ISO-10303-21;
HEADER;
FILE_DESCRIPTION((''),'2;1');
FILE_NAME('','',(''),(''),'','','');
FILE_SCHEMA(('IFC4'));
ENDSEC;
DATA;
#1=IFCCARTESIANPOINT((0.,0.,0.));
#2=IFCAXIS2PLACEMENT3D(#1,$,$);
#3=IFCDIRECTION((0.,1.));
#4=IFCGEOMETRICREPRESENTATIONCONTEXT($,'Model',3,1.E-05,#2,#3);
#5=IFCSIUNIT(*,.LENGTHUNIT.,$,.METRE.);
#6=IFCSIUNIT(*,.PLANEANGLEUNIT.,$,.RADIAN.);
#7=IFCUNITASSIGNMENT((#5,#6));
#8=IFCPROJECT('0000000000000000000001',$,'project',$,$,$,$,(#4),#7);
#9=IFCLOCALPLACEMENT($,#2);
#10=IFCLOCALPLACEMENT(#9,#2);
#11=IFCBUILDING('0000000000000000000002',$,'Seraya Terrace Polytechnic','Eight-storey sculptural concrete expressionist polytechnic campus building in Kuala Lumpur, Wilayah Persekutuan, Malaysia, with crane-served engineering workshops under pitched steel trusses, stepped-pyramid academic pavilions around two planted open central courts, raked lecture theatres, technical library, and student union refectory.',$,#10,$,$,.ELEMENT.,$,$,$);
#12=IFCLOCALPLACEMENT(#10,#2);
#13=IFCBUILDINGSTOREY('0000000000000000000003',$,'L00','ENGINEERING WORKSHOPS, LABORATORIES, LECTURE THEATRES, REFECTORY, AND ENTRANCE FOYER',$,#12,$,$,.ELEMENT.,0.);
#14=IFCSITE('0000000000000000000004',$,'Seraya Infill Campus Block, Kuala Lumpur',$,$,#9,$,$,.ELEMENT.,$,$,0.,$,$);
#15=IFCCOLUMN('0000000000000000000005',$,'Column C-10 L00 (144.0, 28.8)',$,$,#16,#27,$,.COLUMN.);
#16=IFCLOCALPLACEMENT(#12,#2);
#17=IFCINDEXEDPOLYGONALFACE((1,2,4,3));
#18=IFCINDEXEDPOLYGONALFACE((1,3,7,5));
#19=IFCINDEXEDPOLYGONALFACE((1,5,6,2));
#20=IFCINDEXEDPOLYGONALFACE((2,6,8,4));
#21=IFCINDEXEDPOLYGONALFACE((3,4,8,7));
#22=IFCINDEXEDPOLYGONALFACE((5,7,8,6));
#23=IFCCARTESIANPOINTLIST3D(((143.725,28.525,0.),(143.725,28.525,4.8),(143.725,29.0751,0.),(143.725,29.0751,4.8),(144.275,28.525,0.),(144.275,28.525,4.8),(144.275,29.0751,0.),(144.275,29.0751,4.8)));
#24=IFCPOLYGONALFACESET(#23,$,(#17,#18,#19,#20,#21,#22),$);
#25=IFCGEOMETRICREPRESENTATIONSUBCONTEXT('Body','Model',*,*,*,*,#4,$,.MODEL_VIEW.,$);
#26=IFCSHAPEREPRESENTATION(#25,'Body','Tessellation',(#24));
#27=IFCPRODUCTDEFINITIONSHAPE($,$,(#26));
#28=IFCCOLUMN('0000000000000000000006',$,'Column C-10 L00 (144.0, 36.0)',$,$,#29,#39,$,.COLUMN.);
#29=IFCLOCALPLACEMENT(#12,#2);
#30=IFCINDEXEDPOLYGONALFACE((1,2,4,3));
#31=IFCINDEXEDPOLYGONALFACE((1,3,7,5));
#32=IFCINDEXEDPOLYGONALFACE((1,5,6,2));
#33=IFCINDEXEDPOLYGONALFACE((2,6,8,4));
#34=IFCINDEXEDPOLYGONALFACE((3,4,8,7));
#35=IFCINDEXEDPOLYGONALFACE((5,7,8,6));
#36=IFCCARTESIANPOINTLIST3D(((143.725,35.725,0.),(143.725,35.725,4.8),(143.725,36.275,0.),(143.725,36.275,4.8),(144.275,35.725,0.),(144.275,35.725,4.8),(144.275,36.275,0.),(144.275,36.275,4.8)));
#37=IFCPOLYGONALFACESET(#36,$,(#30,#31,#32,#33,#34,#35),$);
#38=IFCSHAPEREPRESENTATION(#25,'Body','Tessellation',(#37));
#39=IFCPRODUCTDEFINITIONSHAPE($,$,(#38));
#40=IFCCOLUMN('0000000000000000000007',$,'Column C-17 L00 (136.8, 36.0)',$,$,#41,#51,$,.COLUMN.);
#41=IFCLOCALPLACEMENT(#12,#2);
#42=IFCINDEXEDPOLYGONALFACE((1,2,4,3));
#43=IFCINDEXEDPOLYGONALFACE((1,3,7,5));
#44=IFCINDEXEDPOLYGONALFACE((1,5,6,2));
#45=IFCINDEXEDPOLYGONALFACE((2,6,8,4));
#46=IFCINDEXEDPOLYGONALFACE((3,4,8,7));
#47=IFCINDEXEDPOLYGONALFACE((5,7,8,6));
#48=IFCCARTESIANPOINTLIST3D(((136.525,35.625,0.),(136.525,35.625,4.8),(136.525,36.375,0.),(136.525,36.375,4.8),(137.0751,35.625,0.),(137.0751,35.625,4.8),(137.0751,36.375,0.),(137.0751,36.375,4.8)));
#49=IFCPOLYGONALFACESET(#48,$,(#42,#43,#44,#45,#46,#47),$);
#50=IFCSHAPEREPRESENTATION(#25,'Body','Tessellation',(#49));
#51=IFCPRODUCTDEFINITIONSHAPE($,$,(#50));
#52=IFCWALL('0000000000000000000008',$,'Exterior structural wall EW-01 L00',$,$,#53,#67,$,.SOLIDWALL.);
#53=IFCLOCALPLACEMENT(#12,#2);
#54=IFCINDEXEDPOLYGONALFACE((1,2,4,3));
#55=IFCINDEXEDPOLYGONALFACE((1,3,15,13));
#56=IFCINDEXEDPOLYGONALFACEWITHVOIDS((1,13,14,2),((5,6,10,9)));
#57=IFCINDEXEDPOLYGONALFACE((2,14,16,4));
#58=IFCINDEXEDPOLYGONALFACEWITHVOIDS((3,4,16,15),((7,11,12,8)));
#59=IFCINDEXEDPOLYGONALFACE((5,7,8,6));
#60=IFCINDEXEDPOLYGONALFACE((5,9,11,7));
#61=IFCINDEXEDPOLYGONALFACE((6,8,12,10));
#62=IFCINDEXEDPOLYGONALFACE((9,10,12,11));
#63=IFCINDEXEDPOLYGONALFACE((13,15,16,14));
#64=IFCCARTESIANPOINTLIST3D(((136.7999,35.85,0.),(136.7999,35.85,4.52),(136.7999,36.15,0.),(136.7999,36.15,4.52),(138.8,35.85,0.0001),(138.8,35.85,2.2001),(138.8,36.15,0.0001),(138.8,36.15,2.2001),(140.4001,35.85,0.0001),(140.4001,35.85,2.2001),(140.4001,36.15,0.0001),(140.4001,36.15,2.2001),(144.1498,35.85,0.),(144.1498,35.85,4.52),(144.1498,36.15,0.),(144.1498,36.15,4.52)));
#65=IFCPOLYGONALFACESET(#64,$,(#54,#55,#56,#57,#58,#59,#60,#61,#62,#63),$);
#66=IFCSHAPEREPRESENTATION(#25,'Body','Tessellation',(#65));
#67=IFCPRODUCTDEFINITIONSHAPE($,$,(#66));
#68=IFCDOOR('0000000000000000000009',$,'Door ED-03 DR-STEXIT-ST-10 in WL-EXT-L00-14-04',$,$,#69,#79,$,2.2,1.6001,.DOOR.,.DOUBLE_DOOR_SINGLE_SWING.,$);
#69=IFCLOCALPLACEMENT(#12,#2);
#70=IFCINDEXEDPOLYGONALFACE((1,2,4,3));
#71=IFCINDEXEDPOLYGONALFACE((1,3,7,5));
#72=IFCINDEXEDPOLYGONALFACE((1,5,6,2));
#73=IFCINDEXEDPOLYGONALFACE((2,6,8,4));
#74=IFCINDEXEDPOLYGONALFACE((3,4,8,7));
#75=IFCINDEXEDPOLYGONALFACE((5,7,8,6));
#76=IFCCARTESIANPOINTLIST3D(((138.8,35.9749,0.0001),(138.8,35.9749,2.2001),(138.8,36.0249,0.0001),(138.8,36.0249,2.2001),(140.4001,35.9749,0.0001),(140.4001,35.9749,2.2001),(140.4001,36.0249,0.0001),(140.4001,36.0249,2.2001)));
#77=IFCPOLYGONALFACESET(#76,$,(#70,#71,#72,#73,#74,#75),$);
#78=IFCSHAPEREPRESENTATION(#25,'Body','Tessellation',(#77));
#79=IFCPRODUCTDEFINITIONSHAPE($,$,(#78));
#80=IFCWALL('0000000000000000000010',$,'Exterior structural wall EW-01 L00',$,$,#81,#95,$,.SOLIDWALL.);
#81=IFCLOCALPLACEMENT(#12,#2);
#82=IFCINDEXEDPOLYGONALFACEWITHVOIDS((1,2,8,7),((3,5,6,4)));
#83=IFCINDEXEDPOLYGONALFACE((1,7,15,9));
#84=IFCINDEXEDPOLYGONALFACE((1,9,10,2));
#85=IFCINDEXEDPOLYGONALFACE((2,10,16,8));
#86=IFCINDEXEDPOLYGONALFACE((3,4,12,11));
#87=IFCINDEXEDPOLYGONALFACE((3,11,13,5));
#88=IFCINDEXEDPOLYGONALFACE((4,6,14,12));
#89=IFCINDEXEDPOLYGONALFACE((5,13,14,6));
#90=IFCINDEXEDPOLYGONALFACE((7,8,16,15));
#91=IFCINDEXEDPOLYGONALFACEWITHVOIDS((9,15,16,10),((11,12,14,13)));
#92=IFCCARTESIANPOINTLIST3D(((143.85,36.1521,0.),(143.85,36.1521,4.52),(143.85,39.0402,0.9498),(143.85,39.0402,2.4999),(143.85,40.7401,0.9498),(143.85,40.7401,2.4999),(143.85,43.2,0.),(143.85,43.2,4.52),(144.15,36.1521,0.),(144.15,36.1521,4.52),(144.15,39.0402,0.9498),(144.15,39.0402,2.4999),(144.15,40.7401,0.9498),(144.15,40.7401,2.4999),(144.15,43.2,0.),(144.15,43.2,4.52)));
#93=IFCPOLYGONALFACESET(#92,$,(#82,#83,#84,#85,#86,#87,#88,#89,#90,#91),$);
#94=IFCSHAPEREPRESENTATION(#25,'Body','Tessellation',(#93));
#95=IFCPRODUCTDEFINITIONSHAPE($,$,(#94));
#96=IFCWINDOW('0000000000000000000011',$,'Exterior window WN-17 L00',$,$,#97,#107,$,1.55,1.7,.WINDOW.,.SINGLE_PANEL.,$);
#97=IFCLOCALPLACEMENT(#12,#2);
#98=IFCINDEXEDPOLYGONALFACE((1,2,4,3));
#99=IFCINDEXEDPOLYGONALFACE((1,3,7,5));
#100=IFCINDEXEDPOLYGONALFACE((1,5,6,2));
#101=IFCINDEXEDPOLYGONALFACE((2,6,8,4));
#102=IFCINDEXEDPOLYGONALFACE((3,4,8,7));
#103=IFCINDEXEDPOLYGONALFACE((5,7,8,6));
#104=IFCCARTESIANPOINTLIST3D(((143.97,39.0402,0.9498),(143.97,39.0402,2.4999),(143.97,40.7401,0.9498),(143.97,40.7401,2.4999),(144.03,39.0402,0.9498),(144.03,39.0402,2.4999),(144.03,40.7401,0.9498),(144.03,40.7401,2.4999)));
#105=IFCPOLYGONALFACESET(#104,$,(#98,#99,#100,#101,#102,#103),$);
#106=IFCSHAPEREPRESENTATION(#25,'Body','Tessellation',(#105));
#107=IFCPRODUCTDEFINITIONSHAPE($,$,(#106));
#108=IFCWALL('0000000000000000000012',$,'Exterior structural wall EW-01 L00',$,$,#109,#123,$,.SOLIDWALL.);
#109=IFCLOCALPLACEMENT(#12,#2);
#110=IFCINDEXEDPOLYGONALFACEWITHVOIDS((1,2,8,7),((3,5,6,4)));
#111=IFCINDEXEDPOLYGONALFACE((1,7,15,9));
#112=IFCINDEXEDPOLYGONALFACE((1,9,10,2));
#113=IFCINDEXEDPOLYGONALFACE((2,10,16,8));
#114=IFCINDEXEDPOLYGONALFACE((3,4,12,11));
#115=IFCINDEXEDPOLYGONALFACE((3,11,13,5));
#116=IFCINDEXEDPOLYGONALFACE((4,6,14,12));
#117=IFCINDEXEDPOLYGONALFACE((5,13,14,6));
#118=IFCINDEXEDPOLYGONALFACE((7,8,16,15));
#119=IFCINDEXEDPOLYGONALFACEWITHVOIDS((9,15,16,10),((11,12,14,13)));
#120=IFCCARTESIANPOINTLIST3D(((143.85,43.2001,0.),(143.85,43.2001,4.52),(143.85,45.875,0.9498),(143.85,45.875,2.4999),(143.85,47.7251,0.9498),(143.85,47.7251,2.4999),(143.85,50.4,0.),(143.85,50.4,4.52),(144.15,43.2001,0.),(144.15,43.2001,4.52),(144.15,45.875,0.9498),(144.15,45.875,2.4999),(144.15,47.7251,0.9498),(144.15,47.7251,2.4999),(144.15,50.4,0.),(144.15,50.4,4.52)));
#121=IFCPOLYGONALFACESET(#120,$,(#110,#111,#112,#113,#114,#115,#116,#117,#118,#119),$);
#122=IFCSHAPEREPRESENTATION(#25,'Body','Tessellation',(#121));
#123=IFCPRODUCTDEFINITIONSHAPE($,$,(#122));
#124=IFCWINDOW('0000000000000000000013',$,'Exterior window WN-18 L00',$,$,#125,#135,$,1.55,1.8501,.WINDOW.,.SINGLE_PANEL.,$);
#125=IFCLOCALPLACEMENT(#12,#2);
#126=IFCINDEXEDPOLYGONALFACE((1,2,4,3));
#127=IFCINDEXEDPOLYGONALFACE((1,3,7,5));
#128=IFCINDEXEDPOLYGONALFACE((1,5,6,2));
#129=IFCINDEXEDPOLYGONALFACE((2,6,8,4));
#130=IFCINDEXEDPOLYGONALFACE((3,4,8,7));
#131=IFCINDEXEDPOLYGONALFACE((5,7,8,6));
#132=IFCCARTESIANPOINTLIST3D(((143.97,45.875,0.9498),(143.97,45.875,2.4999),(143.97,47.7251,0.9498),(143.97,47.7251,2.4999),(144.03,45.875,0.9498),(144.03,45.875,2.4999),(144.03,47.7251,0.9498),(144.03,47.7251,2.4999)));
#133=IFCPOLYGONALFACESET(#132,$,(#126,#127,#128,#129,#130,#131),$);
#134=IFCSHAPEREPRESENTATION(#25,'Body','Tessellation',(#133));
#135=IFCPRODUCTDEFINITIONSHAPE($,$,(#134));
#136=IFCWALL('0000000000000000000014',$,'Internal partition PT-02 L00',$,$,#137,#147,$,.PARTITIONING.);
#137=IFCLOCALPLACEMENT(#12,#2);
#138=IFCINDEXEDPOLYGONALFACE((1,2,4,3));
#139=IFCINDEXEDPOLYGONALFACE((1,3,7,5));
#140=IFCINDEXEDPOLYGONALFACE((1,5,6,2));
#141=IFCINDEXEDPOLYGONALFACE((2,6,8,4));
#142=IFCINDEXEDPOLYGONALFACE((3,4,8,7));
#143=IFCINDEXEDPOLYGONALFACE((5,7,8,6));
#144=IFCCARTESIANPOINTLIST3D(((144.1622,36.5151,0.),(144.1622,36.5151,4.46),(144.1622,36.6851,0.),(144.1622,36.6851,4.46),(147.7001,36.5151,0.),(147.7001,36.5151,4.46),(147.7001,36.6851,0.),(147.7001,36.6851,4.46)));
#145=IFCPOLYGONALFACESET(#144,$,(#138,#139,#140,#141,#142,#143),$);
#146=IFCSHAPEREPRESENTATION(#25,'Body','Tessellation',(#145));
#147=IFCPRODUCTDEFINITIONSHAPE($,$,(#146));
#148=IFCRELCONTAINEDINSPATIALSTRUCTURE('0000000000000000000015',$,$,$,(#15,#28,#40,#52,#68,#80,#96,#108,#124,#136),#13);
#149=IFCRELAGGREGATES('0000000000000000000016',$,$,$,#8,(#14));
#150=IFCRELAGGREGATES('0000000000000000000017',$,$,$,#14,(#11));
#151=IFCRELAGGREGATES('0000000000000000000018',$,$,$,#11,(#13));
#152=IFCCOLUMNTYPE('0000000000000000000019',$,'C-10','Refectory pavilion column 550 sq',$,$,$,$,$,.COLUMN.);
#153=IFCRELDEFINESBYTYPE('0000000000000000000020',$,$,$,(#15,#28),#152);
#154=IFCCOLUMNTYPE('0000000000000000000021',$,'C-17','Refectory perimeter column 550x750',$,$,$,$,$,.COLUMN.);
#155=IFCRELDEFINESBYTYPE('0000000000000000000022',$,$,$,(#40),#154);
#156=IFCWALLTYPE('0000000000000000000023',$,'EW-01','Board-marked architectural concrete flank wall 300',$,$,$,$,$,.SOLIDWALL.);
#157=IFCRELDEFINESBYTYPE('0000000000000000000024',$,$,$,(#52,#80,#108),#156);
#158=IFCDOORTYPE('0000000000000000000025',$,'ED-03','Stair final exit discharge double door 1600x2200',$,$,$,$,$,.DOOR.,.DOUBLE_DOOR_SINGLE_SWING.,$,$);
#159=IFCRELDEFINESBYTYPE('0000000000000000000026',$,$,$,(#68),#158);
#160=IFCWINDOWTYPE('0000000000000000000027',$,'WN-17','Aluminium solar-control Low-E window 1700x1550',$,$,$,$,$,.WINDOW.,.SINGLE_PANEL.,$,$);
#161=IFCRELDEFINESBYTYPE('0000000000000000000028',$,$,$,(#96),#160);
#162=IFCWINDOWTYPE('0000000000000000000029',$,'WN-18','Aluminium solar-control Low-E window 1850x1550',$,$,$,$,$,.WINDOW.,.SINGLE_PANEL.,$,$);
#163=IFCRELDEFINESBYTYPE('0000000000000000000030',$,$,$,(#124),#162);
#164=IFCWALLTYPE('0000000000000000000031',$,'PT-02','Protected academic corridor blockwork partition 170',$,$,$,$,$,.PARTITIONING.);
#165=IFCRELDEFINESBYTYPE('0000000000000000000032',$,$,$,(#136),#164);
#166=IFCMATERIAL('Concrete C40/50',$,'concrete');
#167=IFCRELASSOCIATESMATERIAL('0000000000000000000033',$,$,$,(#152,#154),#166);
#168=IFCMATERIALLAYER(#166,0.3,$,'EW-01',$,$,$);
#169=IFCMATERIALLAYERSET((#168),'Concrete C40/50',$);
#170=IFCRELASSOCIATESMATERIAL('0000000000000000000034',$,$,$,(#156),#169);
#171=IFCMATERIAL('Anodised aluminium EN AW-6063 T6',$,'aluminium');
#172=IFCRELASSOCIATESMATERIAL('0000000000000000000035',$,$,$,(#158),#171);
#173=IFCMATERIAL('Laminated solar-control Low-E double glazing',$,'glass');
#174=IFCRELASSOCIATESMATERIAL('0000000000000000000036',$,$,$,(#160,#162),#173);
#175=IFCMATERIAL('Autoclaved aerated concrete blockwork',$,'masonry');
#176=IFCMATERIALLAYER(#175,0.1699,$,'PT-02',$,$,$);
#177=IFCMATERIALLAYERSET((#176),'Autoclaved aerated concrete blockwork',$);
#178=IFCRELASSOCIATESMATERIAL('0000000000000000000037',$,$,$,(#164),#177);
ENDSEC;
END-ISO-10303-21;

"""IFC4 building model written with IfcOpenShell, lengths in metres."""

from ifc_helpers import new_model, si_unit, direction, frame, frame_2d, origin, origin_2d, place, context, subcontext, project, spatial, rectangle, extrude, material, layer, layer_set, material_profile, profile_set, type_object, element, fill, save


model = new_model("IFC4")

# Units and contexts
model_context = context("Model", 3, precision=1e-05, world=origin(), true_north=direction((0.0, 1.0)))
body_context = subcontext(model_context, "Body", "Model", "MODEL_VIEW")
ifc_project = project(units=[si_unit("LENGTHUNIT", "METRE"), si_unit("PLANEANGLEUNIT", "RADIAN")], contexts=[model_context])

# Site, building, storey
site_placement = place(None, origin())
site = spatial("IfcSite", under=ifc_project, at=site_placement, Name="Seraya Infill Campus Block, Kuala Lumpur", CompositionType="ELEMENT", RefElevation=0.0)
building_placement = place(site_placement, origin())
building = spatial("IfcBuilding", under=site, at=building_placement, Name="Seraya Terrace Polytechnic", Description="Eight-storey sculptural concrete expressionist polytechnic campus building in Kuala Lumpur, Wilayah Persekutuan, Malaysia, with crane-served engineering workshops under pitched steel trusses, stepped-pyramid academic pavilions around two planted open central courts, raked lecture theatres, technical library, and student union refectory.", CompositionType="ELEMENT")
storey_placement = place(building_placement, origin())
storey = spatial("IfcBuildingStorey", under=building, at=storey_placement, Name="L00", Description="ENGINEERING WORKSHOPS, LABORATORIES, LECTURE THEATRES, REFECTORY, AND ENTRANCE FOYER", CompositionType="ELEMENT", Elevation=0.0)

# Shared definitions
ifc_material_1 = material(Name="Concrete C40/50", Category="concrete")

# Columns
ifc_material_profile_1 = material_profile(ifc_material_1, rectangle(XDim=0.55, YDim=0.55, at=origin_2d()), Name="RC 550x550")
ifc_profile_set_1 = profile_set([ifc_material_profile_1], Name="Concrete C40/50")
column_type_1 = type_object("IfcColumnType", Name="C-10", Description="Refectory pavilion column 550 sq", PredefinedType="COLUMN", material=ifc_profile_set_1)
for number, where, z_axis, x_axis, name in (
    (1, (144.0, 28.8, 0.0), (0.0, 0.0, 1.0), (1.0, 0.0, 0.0), "Column C-10 L00 (144.0, 28.8)"),
    (2, (144.0, 36.0, 0.0), (0.0, 0.0, 1.0), (1.0, 0.0, 0.0), "Column C-10 L00 (144.0, 36.0)"),
):
    element("IfcColumn", number, at=place(storey_placement, frame(where, z_axis=z_axis, x_axis=x_axis)), inside=storey, type_object=column_type_1, Name=name, PredefinedType="COLUMN", context=body_context, shape_type="SweptSolid", body=[
        extrude(rectangle(XDim=0.55, YDim=0.55, at=origin_2d()), origin(), (0.0, 0.0, 1.0), 4.8),
    ])
ifc_material_profile_2 = material_profile(ifc_material_1, rectangle(XDim=0.55, YDim=0.75, at=origin_2d()), Name="RC 550x750")
ifc_profile_set_2 = profile_set([ifc_material_profile_2], Name="Concrete C40/50")
column_type_2 = type_object("IfcColumnType", Name="C-17", Description="Refectory perimeter column 550x750", PredefinedType="COLUMN", material=ifc_profile_set_2)
column_1_placement = place(storey_placement, frame((136.8, 36.0, 0.0), z_axis=(0.0, 0.0, 1.0), x_axis=(1.0, 0.0, 0.0)))
element("IfcColumn", 3, at=column_1_placement, inside=storey, type_object=column_type_2, Name="Column C-17 L00 (136.8, 36.0)", PredefinedType="COLUMN", context=body_context, shape_type="SweptSolid", body=[
    extrude(rectangle(XDim=0.55, YDim=0.75, at=origin_2d()), origin(), (0.0, 0.0, 1.0), 4.8),
])

# Wall, opening, door
ifc_layer_1 = layer(ifc_material_1, 0.3, Name="EW-01")
ifc_layer_set_1 = layer_set([ifc_layer_1], Name="Concrete C40/50")
wall_type_1 = type_object("IfcWallType", Name="EW-01", Description="Board-marked architectural concrete flank wall 300", PredefinedType="SOLIDWALL", material=ifc_layer_set_1)
wall_1_placement = place(storey_placement, frame((136.8, 36.0, 0.0), z_axis=(0.0, 0.0, 1.0), x_axis=(1.0, 0.0, 0.0)))
wall_1 = element("IfcWall", 4, at=wall_1_placement, inside=storey, type_object=wall_type_1, Name="Exterior structural wall EW-01 L00", PredefinedType="SOLIDWALL", context=body_context, shape_type="SweptSolid", body=[
    extrude(rectangle(XDim=7.3499, YDim=0.3, at=frame_2d((3.6748, 0.0))), origin(), (0.0, 0.0, 1.0), 4.52),
])
opening_1_placement = place(wall_1_placement, frame((2.0, 0.0, 0.0)))
opening_1 = element("IfcOpeningElement", 5, at=opening_1_placement, cuts=wall_1, PredefinedType="OPENING", context=body_context, shape_type="SweptSolid", body=[
    extrude(rectangle(XDim=1.6001, YDim=2.2, at=frame_2d((0.8, 1.1001))), frame((0.0, 0.1621, 0.0), z_axis=(0.0, -1.0, 0.0), x_axis=(1.0, 0.0, 0.0)), (0.0, 0.0, 1.0), 0.324),
])
ifc_material_2 = material(Name="Anodised aluminium EN AW-6063 T6", Category="aluminium")
door_type_1 = type_object("IfcDoorType", Name="ED-03", Description="Stair final exit discharge double door 1600x2200", OperationType="DOUBLE_DOOR_SINGLE_SWING", PredefinedType="DOOR", material=ifc_material_2)
door_1_placement = place(opening_1_placement, origin())
door_1 = element("IfcDoor", 6, at=door_1_placement, inside=storey, type_object=door_type_1, Name="Door ED-03 DR-STEXIT-ST-10 in WL-EXT-L00-14-04", OperationType="DOUBLE_DOOR_SINGLE_SWING", OverallHeight=2.2, OverallWidth=1.6001, PredefinedType="DOOR", context=body_context, shape_type="SweptSolid", body=[
    extrude(rectangle(XDim=1.6001, YDim=2.2, at=frame_2d((0.8, 1.1001))), frame((0.0, 0.0249, 0.0), z_axis=(0.0, -1.0, 0.0), x_axis=(1.0, 0.0, 0.0)), (0.0, 0.0, 1.0), 0.05),
])
fill(opening_1, door_1)

# Walls, openings, windows
wall_2_placement = place(storey_placement, frame((144.0, 36.1521, 0.0), z_axis=(0.0, 0.0, 1.0), x_axis=(0.0, 1.0, 0.0)))
wall_2 = element("IfcWall", 7, at=wall_2_placement, inside=storey, type_object=wall_type_1, Name="Exterior structural wall EW-01 L00", PredefinedType="SOLIDWALL", context=body_context, shape_type="SweptSolid", body=[
    extrude(rectangle(XDim=7.0479, YDim=0.3, at=frame_2d((3.5239, 0.0))), origin(), (0.0, 0.0, 1.0), 4.52),
])
opening_2_placement = place(wall_2_placement, frame((2.8879, 0.0, 0.95)))
opening_2 = element("IfcOpeningElement", 8, at=opening_2_placement, cuts=wall_2, PredefinedType="OPENING", context=body_context, shape_type="SweptSolid", body=[
    extrude(rectangle(XDim=1.7, YDim=1.55, at=frame_2d((0.8501, 0.7749))), frame((0.0, 0.1621, 0.0), z_axis=(0.0, -1.0, 0.0), x_axis=(1.0, 0.0, 0.0)), (0.0, 0.0, 1.0), 0.324),
])
ifc_material_3 = material(Name="Laminated solar-control Low-E double glazing", Category="glass")
window_type_1 = type_object("IfcWindowType", Name="WN-17", Description="Aluminium solar-control Low-E window 1700x1550", PartitioningType="SINGLE_PANEL", PredefinedType="WINDOW", material=ifc_material_3)
window_1_placement = place(opening_2_placement, origin())
window_1 = element("IfcWindow", 9, at=window_1_placement, inside=storey, type_object=window_type_1, Name="Exterior window WN-17 L00", OverallHeight=1.55, OverallWidth=1.7, PartitioningType="SINGLE_PANEL", PredefinedType="WINDOW", context=body_context, shape_type="SweptSolid", body=[
    extrude(rectangle(XDim=1.7, YDim=1.55, at=frame_2d((0.8501, 0.7749))), frame((0.0, 0.03, 0.0), z_axis=(0.0, -1.0, 0.0), x_axis=(1.0, 0.0, 0.0)), (0.0, 0.0, 1.0), 0.0601),
])
fill(opening_2, window_1)
wall_3_placement = place(storey_placement, frame((144.0, 43.2, 0.0), z_axis=(0.0, 0.0, 1.0), x_axis=(0.0, 1.0, 0.0)))
wall_3 = element("IfcWall", 10, at=wall_3_placement, inside=storey, type_object=wall_type_1, Name="Exterior structural wall EW-01 L00", PredefinedType="SOLIDWALL", context=body_context, shape_type="SweptSolid", body=[
    extrude(rectangle(XDim=7.2, YDim=0.3, at=frame_2d((3.6001, 0.0))), origin(), (0.0, 0.0, 1.0), 4.52),
])
opening_3_placement = place(wall_3_placement, frame((2.675, 0.0, 0.95)))
opening_3 = element("IfcOpeningElement", 11, at=opening_3_placement, cuts=wall_3, PredefinedType="OPENING", context=body_context, shape_type="SweptSolid", body=[
    extrude(rectangle(XDim=1.8501, YDim=1.55, at=frame_2d((0.925, 0.7749))), frame((0.0, 0.1621, 0.0), z_axis=(0.0, -1.0, 0.0), x_axis=(1.0, 0.0, 0.0)), (0.0, 0.0, 1.0), 0.324),
])
window_type_2 = type_object("IfcWindowType", Name="WN-18", Description="Aluminium solar-control Low-E window 1850x1550", PartitioningType="SINGLE_PANEL", PredefinedType="WINDOW", material=ifc_material_3)
window_2_placement = place(opening_3_placement, origin())
window_2 = element("IfcWindow", 12, at=window_2_placement, inside=storey, type_object=window_type_2, Name="Exterior window WN-18 L00", OverallHeight=1.55, OverallWidth=1.8501, PartitioningType="SINGLE_PANEL", PredefinedType="WINDOW", context=body_context, shape_type="SweptSolid", body=[
    extrude(rectangle(XDim=1.8501, YDim=1.55, at=frame_2d((0.925, 0.7749))), frame((0.0, 0.03, 0.0), z_axis=(0.0, -1.0, 0.0), x_axis=(1.0, 0.0, 0.0)), (0.0, 0.0, 1.0), 0.0601),
])
fill(opening_3, window_2)

# Wall
ifc_material_4 = material(Name="Autoclaved aerated concrete blockwork", Category="masonry")
ifc_layer_2 = layer(ifc_material_4, 0.1699, Name="PT-02")
ifc_layer_set_2 = layer_set([ifc_layer_2], Name="Autoclaved aerated concrete blockwork")
wall_type_2 = type_object("IfcWallType", Name="PT-02", Description="Protected academic corridor blockwork partition 170", PredefinedType="PARTITIONING", material=ifc_layer_set_2)
wall_4_placement = place(storey_placement, frame((144.1621, 36.6001, 0.0), z_axis=(0.0, 0.0, 1.0), x_axis=(1.0, 0.0, 0.0)))
element("IfcWall", 13, at=wall_4_placement, inside=storey, type_object=wall_type_2, Name="Internal partition PT-02 L00", PredefinedType="PARTITIONING", context=body_context, shape_type="SweptSolid", body=[
    extrude(rectangle(XDim=3.5378, YDim=0.1699, at=frame_2d((1.769, 0.0))), origin(), (0.0, 0.0, 1.0), 4.46),
])

save(model, "model.ifc")
